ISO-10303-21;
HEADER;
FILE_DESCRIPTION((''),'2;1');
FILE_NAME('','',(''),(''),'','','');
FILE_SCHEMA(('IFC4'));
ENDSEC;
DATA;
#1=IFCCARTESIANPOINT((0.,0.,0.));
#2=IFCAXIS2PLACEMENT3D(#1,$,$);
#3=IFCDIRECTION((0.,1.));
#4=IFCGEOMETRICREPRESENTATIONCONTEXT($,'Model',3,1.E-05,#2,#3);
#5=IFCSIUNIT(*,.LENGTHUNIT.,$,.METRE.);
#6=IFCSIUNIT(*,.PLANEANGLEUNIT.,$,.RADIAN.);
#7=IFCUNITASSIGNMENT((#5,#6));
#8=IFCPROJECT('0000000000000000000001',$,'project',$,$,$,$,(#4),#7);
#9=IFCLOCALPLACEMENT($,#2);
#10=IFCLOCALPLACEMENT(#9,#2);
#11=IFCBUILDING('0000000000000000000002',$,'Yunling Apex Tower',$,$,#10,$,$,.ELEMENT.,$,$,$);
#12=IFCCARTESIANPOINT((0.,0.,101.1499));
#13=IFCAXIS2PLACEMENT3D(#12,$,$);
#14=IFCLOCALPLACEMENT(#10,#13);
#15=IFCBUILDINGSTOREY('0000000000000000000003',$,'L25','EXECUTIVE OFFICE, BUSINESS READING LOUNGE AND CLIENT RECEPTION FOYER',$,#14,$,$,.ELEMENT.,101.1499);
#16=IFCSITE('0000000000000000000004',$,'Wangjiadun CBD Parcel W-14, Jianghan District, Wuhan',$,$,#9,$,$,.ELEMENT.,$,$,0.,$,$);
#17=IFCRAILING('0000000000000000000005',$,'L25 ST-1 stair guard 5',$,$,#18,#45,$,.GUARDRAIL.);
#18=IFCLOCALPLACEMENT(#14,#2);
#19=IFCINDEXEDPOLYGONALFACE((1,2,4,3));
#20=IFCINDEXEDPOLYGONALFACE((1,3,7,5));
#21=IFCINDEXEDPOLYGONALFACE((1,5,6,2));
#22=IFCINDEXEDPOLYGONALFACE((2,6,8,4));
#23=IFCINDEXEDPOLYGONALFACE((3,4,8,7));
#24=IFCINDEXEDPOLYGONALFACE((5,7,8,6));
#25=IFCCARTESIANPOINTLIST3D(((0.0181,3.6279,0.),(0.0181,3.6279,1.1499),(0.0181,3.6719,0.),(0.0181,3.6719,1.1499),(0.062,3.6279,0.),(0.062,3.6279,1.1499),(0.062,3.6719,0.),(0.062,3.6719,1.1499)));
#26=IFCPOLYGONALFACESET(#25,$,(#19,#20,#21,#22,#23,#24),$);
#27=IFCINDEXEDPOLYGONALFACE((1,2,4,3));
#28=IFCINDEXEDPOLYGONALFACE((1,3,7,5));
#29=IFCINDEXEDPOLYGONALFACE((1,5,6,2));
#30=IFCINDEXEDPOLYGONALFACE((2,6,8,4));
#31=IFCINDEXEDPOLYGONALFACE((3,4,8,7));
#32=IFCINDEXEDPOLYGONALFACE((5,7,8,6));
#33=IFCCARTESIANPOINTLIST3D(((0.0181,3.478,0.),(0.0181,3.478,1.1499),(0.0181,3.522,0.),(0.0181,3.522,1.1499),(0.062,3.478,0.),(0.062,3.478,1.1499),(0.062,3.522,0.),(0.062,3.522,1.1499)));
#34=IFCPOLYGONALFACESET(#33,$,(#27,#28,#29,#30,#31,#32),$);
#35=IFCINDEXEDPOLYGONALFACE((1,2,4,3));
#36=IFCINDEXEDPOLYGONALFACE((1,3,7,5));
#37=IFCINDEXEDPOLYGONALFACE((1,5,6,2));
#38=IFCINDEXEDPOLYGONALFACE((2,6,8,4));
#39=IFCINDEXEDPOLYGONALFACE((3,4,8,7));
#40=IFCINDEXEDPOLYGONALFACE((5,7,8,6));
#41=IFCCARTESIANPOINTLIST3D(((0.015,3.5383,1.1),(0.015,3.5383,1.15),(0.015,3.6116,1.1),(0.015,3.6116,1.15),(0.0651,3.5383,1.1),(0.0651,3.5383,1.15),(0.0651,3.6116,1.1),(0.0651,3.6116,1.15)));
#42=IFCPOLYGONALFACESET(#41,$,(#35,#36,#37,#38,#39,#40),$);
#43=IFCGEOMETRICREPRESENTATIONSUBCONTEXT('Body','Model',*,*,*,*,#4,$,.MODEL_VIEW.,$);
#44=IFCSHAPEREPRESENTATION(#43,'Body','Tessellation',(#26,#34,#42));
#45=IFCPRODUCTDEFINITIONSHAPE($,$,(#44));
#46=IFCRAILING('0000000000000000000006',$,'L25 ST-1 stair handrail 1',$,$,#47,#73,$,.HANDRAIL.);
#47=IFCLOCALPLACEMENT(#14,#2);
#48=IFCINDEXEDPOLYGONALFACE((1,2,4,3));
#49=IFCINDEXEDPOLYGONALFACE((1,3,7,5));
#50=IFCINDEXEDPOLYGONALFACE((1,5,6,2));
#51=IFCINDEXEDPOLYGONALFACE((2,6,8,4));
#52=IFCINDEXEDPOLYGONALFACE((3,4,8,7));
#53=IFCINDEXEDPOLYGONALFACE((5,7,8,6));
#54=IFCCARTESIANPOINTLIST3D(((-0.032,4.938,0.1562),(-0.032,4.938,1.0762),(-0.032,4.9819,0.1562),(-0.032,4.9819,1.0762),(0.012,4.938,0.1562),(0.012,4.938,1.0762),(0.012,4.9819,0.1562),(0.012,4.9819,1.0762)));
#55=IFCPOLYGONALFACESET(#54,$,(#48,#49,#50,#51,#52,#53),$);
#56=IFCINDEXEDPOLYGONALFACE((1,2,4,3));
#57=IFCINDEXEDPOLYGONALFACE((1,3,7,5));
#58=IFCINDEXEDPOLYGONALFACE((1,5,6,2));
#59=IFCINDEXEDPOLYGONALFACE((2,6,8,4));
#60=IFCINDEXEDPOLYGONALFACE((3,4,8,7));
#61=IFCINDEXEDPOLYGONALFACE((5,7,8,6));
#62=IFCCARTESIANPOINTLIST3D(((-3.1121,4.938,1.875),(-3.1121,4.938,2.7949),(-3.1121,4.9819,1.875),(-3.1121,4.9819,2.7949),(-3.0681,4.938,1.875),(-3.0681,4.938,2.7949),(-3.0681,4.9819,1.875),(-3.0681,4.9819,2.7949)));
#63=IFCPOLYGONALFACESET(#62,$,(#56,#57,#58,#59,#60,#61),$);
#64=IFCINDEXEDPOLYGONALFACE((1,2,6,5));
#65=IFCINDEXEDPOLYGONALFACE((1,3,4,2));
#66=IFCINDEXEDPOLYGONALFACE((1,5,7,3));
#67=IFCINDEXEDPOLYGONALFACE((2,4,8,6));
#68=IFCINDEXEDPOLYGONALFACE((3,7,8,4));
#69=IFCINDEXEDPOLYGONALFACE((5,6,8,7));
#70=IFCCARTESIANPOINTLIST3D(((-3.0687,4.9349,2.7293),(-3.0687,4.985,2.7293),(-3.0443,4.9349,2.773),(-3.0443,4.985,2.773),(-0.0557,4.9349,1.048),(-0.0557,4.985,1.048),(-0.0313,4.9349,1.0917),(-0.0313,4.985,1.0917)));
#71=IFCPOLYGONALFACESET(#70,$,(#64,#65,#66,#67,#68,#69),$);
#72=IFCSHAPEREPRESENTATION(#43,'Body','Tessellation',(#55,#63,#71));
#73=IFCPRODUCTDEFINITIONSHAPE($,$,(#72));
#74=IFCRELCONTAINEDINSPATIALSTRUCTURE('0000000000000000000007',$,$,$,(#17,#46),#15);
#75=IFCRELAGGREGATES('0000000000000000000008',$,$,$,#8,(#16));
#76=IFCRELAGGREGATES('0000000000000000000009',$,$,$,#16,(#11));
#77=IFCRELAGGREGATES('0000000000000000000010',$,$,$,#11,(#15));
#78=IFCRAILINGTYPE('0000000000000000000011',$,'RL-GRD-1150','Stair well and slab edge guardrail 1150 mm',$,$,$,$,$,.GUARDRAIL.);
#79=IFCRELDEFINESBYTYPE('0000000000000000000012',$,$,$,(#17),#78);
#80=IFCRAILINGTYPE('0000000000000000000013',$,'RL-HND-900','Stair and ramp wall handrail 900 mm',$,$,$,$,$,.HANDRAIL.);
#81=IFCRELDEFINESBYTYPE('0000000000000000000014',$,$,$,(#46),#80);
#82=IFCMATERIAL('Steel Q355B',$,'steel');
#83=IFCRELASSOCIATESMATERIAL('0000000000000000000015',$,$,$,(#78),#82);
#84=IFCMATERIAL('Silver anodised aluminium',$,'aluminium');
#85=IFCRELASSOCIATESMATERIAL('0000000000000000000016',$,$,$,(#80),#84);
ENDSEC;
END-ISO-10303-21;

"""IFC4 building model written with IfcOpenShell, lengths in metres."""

from ifc_helpers import new_model, si_unit, direction, frame, origin, origin_2d, place, context, subcontext, project, spatial, rectangle, extrude, material, type_object, element, save


model = new_model("IFC4")

# Units and contexts
model_context = context("Model", 3, precision=1e-05, world=origin(), true_north=direction((0.0, 1.0)))
body_context = subcontext(model_context, "Body", "Model", "MODEL_VIEW")
ifc_project = project(units=[si_unit("LENGTHUNIT", "METRE"), si_unit("PLANEANGLEUNIT", "RADIAN")], contexts=[model_context])

# Site, building, storey
site_placement = place(None, origin())
site = spatial("IfcSite", under=ifc_project, at=site_placement, Name="Wangjiadun CBD Parcel W-14, Jianghan District, Wuhan", CompositionType="ELEMENT", RefElevation=0.0)
building_placement = place(site_placement, origin())
building = spatial("IfcBuilding", under=site, at=building_placement, Name="Yunling Apex Tower", CompositionType="ELEMENT")
storey_placement = place(building_placement, frame((0.0, 0.0, 101.1499)))
storey = spatial("IfcBuildingStorey", under=building, at=storey_placement, Name="L25", Description="EXECUTIVE OFFICE, BUSINESS READING LOUNGE AND CLIENT RECEPTION FOYER", CompositionType="ELEMENT", Elevation=101.1499)

# Shared definitions
ifc_material_1 = material(Name="Steel Q355B", Category="steel")

# Railings
railing_type_1 = type_object("IfcRailingType", Name="RL-GRD-1150", Description="Stair well and slab edge guardrail 1150 mm", PredefinedType="GUARDRAIL", material=ifc_material_1)
railing_1_placement = place(storey_placement, frame((0.04, 3.6499, 0.0)))
element("IfcRailing", 1, at=railing_1_placement, inside=storey, type_object=railing_type_1, Name="L25 ST-1 stair guard 5", PredefinedType="GUARDRAIL", context=body_context, shape_type="SweptSolid", body=[
    extrude(rectangle(XDim=0.0439, YDim=0.0439, at=origin_2d()), origin(), (0.0, 0.0, 1.0), 1.1499),
    extrude(rectangle(XDim=0.0439, YDim=0.0439, at=origin_2d()), frame((0.0, -0.1499, 0.0)), (0.0, 0.0, 1.0), 1.1499),
    extrude(rectangle(XDim=0.05, YDim=0.05, at=origin_2d()), frame((0.0, -0.0383, 1.125), z_axis=(0.0, -1.0, 0.0), x_axis=(1.0, 0.0, 0.0)), (0.0, 0.0, 1.0), 0.0732),
])
ifc_material_2 = material(Name="Silver anodised aluminium", Category="aluminium")
railing_type_2 = type_object("IfcRailingType", Name="RL-HND-900", Description="Stair and ramp wall handrail 900 mm", PredefinedType="HANDRAIL", material=ifc_material_2)
railing_2_placement = place(storey_placement, frame((-0.01, 4.96, 0.1562)))
element("IfcRailing", 2, at=railing_2_placement, inside=storey, type_object=railing_type_2, Name="L25 ST-1 stair handrail 1", PredefinedType="HANDRAIL", context=body_context, shape_type="SweptSolid", body=[
    extrude(rectangle(XDim=0.0439, YDim=0.0439, at=origin_2d()), origin(), (0.0, 0.0, 1.0), 0.9199),
    extrude(rectangle(XDim=0.0439, YDim=0.0439, at=origin_2d()), frame((-3.0801, 0.0, 1.7188)), (0.0, 0.0, 1.0), 0.9199),
    extrude(rectangle(XDim=0.05, YDim=0.05, at=origin_2d()), frame((-0.0334, 0.0, 0.9136), z_axis=(-0.873242, 0.0, 0.487288), x_axis=(0.0, -1.0, 0.0)), (0.0, 0.0, 1.0), 3.4504),
])

save(model, "model.ifc")
